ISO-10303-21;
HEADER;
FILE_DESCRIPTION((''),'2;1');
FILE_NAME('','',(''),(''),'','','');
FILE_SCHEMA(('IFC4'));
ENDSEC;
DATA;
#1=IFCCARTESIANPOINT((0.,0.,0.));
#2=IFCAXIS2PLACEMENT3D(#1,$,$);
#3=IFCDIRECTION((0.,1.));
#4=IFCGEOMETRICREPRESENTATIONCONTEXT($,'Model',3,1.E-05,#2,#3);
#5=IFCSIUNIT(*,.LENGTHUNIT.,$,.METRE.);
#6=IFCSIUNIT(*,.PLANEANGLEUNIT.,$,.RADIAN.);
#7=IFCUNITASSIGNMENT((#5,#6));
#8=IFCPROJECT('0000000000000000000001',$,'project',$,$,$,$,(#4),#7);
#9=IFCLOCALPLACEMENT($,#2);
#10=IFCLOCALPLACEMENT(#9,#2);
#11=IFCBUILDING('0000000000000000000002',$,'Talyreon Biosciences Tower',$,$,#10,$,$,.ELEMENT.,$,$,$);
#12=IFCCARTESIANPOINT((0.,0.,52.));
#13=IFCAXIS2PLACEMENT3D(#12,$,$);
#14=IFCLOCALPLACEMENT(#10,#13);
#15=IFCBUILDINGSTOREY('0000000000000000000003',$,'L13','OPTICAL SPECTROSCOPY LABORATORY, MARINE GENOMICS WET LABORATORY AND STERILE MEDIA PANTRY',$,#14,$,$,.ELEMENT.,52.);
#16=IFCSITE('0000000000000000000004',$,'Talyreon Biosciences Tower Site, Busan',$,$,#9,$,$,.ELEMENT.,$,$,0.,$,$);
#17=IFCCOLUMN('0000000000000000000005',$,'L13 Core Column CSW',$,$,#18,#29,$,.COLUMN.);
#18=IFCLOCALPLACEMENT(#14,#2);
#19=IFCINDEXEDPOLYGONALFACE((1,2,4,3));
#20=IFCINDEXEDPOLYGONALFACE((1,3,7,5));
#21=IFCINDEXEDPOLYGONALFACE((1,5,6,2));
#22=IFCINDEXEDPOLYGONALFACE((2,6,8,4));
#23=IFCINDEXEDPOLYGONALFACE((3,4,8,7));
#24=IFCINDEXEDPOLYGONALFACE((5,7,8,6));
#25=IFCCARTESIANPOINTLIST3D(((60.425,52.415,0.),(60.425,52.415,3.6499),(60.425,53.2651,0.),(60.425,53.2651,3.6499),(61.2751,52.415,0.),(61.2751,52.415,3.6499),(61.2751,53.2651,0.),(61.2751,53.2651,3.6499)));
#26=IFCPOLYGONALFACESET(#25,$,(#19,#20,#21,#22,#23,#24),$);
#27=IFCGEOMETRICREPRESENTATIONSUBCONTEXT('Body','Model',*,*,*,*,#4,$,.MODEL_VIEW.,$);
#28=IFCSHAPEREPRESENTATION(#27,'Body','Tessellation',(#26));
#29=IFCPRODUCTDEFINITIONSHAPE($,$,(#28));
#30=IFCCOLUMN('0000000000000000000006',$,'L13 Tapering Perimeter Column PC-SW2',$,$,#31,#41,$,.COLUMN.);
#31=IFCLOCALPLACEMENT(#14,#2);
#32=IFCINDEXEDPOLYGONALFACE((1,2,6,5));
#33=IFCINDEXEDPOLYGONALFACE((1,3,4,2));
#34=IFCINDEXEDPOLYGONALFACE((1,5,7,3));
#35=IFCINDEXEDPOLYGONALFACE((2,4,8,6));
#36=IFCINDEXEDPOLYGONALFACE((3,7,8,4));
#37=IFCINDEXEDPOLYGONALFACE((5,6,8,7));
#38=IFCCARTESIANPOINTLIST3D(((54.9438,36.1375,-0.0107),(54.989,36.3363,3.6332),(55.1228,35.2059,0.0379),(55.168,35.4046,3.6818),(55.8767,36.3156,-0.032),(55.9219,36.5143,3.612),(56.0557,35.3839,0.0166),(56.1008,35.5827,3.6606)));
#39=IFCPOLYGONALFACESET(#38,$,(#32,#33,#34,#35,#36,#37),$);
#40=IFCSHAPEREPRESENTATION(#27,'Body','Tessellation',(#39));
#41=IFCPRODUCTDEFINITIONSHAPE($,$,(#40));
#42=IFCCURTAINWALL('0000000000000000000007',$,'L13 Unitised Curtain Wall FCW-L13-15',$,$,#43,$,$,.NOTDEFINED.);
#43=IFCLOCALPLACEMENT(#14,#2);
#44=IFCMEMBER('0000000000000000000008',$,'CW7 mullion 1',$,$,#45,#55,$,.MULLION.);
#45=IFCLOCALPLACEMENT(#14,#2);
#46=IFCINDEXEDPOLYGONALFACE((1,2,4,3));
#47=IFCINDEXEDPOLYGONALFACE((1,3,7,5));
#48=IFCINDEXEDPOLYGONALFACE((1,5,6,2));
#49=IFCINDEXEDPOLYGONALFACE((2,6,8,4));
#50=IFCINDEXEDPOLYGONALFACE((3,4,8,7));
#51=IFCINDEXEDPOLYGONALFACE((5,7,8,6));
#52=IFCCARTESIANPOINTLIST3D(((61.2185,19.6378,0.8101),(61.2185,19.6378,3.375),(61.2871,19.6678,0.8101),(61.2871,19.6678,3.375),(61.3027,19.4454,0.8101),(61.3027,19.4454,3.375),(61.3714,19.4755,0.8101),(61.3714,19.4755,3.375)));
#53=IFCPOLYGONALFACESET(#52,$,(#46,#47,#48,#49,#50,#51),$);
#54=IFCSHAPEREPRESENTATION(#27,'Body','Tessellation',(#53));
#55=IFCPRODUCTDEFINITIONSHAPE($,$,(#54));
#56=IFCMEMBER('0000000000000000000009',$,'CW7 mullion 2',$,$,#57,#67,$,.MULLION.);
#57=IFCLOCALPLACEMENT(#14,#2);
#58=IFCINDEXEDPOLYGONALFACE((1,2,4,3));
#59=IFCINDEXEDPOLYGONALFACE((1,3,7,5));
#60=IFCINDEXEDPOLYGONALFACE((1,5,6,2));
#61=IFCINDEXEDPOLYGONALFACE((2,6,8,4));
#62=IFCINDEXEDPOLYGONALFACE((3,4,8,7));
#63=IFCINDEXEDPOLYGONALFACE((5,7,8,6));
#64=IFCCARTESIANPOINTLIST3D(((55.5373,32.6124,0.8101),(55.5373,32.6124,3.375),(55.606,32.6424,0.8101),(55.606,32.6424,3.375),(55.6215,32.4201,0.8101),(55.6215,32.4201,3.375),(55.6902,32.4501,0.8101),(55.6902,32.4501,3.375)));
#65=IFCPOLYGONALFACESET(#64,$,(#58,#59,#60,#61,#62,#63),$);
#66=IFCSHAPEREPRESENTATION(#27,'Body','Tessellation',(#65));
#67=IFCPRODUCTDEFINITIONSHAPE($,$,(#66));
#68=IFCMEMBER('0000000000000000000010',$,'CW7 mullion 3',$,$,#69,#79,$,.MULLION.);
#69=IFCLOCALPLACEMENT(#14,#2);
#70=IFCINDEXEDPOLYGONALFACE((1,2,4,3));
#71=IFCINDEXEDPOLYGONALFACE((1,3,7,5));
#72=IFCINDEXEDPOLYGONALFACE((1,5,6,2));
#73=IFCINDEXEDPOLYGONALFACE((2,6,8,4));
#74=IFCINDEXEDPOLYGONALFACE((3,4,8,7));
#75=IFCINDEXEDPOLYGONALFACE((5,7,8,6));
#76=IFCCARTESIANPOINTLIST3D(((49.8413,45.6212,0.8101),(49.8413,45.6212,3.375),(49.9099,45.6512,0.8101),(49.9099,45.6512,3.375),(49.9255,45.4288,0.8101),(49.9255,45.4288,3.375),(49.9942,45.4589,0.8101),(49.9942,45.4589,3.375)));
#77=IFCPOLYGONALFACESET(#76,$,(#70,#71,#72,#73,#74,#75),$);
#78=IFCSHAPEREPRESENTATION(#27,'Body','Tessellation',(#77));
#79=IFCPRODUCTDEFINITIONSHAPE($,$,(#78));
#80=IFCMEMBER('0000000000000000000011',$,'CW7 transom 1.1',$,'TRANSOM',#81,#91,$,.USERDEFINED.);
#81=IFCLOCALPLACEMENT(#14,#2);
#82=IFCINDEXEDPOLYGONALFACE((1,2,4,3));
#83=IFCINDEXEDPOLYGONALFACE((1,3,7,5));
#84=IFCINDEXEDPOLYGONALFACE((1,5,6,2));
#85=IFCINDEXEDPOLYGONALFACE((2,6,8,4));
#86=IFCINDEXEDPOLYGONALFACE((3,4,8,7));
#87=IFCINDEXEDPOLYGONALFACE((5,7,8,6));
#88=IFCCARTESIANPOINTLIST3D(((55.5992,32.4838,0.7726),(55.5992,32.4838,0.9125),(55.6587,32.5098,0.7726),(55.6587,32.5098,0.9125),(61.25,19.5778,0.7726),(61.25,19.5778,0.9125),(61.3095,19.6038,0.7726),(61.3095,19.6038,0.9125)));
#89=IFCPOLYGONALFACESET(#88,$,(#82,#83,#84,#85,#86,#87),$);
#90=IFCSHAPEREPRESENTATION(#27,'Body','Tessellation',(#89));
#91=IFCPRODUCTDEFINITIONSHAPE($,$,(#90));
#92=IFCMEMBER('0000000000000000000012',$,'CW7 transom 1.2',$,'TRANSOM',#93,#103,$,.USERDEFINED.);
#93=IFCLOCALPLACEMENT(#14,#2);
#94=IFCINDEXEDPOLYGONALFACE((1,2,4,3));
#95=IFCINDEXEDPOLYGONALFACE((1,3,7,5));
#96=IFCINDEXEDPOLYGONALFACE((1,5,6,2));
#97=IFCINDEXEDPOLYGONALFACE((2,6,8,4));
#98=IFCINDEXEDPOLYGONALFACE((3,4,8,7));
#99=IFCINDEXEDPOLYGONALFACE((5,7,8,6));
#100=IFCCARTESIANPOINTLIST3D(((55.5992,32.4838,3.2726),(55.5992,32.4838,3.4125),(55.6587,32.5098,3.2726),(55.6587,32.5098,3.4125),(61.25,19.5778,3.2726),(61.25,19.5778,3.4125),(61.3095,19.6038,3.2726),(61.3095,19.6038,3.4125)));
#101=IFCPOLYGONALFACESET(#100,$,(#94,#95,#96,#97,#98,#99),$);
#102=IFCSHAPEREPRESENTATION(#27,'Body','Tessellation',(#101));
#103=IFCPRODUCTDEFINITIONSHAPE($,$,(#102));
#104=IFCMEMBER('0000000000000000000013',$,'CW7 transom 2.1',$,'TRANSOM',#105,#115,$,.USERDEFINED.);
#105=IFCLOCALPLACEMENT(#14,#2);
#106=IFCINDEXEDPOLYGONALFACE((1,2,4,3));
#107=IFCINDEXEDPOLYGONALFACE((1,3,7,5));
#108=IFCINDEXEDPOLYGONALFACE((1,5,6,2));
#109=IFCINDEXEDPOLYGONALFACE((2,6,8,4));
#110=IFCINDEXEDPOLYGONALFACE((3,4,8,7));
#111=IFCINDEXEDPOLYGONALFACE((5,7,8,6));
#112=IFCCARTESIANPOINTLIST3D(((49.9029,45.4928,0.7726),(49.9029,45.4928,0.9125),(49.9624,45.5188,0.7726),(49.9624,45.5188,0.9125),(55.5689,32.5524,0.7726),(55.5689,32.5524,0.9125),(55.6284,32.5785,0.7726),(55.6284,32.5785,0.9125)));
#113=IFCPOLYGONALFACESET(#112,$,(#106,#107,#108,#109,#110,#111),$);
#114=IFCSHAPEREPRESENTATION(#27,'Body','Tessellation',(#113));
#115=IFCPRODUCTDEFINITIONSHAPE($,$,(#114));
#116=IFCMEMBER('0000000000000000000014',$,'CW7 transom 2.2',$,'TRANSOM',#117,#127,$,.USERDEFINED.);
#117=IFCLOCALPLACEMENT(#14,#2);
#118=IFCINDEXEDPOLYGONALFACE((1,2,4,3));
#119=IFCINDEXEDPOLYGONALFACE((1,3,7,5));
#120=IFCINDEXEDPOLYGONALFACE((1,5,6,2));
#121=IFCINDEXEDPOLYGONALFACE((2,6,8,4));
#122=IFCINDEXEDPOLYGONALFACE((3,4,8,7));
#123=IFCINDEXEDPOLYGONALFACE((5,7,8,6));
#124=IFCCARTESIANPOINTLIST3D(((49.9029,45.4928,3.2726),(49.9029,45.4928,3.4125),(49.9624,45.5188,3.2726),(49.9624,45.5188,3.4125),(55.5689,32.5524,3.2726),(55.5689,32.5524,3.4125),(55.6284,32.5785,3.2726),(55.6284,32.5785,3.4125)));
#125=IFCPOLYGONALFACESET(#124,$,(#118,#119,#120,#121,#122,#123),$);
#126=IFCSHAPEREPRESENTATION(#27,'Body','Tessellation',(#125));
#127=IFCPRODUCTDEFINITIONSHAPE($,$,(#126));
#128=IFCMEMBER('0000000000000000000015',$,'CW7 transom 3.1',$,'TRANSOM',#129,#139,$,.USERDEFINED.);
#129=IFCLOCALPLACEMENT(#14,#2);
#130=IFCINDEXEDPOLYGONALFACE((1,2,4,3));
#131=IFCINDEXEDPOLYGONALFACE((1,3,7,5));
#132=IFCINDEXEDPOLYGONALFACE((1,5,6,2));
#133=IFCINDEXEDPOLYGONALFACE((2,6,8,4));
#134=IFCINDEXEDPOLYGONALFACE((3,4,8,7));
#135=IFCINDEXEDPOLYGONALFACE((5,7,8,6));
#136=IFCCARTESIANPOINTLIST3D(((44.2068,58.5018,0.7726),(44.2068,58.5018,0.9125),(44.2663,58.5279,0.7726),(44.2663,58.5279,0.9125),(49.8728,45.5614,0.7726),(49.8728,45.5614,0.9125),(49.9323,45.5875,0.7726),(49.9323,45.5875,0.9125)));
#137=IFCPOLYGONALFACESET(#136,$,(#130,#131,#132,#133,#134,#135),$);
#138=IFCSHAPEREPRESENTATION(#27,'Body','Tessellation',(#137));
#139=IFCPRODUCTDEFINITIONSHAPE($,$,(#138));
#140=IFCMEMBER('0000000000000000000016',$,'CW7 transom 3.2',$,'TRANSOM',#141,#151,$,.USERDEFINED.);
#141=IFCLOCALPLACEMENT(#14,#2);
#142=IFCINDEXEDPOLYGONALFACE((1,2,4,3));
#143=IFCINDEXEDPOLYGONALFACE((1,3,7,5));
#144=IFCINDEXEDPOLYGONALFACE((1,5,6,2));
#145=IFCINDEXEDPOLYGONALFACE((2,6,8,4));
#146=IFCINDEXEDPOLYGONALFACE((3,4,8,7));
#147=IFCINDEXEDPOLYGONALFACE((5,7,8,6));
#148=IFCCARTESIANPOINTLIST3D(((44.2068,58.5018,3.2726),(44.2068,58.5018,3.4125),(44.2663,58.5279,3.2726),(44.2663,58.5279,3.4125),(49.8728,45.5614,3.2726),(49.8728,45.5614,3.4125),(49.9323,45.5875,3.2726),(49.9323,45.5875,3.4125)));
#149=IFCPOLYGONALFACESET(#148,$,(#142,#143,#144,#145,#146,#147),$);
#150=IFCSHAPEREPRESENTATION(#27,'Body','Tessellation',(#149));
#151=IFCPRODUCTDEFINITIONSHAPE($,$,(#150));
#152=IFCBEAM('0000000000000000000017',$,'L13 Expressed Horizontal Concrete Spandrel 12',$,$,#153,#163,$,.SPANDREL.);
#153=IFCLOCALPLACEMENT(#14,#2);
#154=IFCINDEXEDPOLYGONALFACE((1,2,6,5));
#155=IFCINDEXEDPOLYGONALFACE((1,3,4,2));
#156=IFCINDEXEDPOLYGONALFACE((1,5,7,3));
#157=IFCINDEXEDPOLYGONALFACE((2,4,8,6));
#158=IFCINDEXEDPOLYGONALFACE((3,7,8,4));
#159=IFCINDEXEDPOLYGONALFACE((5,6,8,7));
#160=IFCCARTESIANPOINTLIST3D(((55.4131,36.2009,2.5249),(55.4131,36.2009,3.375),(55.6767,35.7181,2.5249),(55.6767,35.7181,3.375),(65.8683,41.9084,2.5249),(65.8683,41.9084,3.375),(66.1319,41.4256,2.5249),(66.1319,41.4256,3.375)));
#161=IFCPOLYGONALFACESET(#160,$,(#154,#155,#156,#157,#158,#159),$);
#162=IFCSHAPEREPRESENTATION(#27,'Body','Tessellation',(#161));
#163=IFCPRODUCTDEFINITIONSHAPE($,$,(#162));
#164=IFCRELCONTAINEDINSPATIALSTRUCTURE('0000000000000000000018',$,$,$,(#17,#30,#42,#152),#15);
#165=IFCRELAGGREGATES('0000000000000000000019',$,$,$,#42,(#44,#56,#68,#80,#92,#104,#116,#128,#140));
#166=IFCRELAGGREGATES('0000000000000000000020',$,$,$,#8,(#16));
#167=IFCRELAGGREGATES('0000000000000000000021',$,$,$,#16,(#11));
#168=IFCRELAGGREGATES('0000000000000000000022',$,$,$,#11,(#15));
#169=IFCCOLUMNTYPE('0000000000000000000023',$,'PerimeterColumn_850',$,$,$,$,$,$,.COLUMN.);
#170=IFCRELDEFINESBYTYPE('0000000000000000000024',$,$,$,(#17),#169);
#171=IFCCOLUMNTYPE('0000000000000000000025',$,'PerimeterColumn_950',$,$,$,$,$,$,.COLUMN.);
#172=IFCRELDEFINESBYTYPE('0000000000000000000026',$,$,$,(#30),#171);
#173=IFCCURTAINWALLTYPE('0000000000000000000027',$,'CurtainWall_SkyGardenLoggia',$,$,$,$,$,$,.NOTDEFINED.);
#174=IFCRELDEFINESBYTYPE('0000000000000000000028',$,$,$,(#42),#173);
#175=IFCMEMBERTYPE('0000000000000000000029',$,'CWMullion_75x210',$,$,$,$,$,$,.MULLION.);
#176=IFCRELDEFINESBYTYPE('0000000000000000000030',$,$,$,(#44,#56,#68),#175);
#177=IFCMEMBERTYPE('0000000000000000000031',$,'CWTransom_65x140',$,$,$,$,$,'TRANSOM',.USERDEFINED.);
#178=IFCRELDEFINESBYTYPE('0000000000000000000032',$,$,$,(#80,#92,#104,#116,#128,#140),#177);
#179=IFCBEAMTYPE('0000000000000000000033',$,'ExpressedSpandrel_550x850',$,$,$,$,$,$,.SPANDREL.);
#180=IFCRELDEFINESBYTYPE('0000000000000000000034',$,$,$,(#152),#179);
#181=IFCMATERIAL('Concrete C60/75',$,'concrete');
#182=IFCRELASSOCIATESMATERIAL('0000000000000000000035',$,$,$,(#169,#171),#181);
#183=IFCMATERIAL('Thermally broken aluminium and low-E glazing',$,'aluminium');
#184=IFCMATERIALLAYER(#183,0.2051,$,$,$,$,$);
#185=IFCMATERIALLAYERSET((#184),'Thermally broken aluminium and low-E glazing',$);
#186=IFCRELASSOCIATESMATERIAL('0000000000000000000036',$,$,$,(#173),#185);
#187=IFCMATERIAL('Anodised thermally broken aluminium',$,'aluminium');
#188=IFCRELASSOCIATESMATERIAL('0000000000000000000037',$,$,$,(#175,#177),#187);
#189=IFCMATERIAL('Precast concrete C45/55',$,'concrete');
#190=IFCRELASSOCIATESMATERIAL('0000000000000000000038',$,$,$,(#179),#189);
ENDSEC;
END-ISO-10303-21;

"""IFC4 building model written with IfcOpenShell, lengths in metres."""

from ifc_helpers import new_model, si_unit, direction, frame, origin, origin_2d, place, context, subcontext, project, spatial, rectangle, extrude, material, layer, layer_set, material_profile, profile_set, type_object, element, aggregate, save


model = new_model("IFC4")

# Units and contexts
model_context = context("Model", 3, precision=1e-05, world=origin(), true_north=direction((0.0, 1.0)))
body_context = subcontext(model_context, "Body", "Model", "MODEL_VIEW")
ifc_project = project(units=[si_unit("LENGTHUNIT", "METRE"), si_unit("PLANEANGLEUNIT", "RADIAN")], contexts=[model_context])

# Site, building, storey
site_placement = place(None, origin())
site = spatial("IfcSite", under=ifc_project, at=site_placement, Name="Talyreon Biosciences Tower Site, Busan", CompositionType="ELEMENT", RefElevation=0.0)
building_placement = place(site_placement, origin())
building = spatial("IfcBuilding", under=site, at=building_placement, Name="Talyreon Biosciences Tower", CompositionType="ELEMENT")
storey_placement = place(building_placement, frame((0.0, 0.0, 52.0)))
storey = spatial("IfcBuildingStorey", under=building, at=storey_placement, Name="L13", Description="OPTICAL SPECTROSCOPY LABORATORY, MARINE GENOMICS WET LABORATORY AND STERILE MEDIA PANTRY", CompositionType="ELEMENT", Elevation=52.0)

# Columns
ifc_material_1 = material(Name="Concrete C60/75", Category="concrete")
ifc_material_profile_1 = material_profile(ifc_material_1, rectangle(XDim=0.8501, YDim=0.8501, at=origin_2d()), Name="RC 850x850")
ifc_profile_set_1 = profile_set([ifc_material_profile_1], Name="Concrete C60/75")
column_type_1 = type_object("IfcColumnType", Name="PerimeterColumn_850", PredefinedType="COLUMN", material=ifc_profile_set_1)
column_1_placement = place(storey_placement, frame((60.8501, 52.8401, 0.0), z_axis=(0.0, 0.0, 1.0), x_axis=(1.0, 0.0, 0.0)))
element("IfcColumn", 1, at=column_1_placement, inside=storey, type_object=column_type_1, Name="L13 Core Column CSW", PredefinedType="COLUMN", context=body_context, shape_type="SweptSolid", body=[
    extrude(rectangle(XDim=0.8501, YDim=0.8501, at=origin_2d()), origin(), (0.0, 0.0, 1.0), 3.6499),
])
ifc_material_profile_2 = material_profile(ifc_material_1, rectangle(XDim=0.95, YDim=0.95, at=origin_2d()), Name="RC 950x950")
ifc_profile_set_2 = profile_set([ifc_material_profile_2], Name="Concrete C60/75")
column_type_2 = type_object("IfcColumnType", Name="PerimeterColumn_950", PredefinedType="COLUMN", material=ifc_profile_set_2)
column_2_placement = place(storey_placement, frame((55.4998, 35.7607, 0.0029), z_axis=(0.012375, 0.054451, 0.99844), x_axis=(-0.188379, 0.980763, -0.051152)))
element("IfcColumn", 2, at=column_2_placement, inside=storey, type_object=column_type_2, Name="L13 Tapering Perimeter Column PC-SW2", PredefinedType="COLUMN", context=body_context, shape_type="SweptSolid", body=[
    extrude(rectangle(XDim=0.95, YDim=0.95, at=origin_2d()), origin(), (0.0, 0.0, 1.0), 3.6497),
])

# Curtain wall, members
ifc_material_2 = material(Name="Thermally broken aluminium and low-E glazing", Category="aluminium")
ifc_layer_1 = layer(ifc_material_2, 0.2051)
ifc_layer_set_1 = layer_set([ifc_layer_1], Name="Thermally broken aluminium and low-E glazing")
curtain_wall_type = type_object("IfcCurtainWallType", Name="CurtainWall_SkyGardenLoggia", PredefinedType="NOTDEFINED", material=ifc_layer_set_1)
curtain_wall_placement = place(storey_placement, origin())
curtain_wall = element("IfcCurtainWall", 3, at=curtain_wall_placement, inside=storey, type_object=curtain_wall_type, Name="L13 Unitised Curtain Wall FCW-L13-15", PredefinedType="NOTDEFINED")
ifc_material_3 = material(Name="Anodised thermally broken aluminium", Category="aluminium")
ifc_material_profile_3 = material_profile(ifc_material_3, rectangle(XDim=0.075, YDim=0.21, at=origin_2d()), Name="ALUM MULLION 75x210")
ifc_profile_set_3 = profile_set([ifc_material_profile_3], Name="Anodised thermally broken aluminium")
member_type_1 = type_object("IfcMemberType", Name="CWMullion_75x210", PredefinedType="MULLION", material=ifc_profile_set_3)
member_1_placement = place(storey_placement, frame((61.2949, 19.5566, 0.8101), z_axis=(0.0, 0.0, 1.0), x_axis=(-0.916035, -0.401097, 0.0)))
member_1 = element("IfcMember", 4, at=member_1_placement, type_object=member_type_1, Name="CW7 mullion 1", PredefinedType="MULLION", context=body_context, shape_type="SweptSolid", body=[
    extrude(rectangle(XDim=0.075, YDim=0.21, at=origin_2d()), origin(), (0.0, 0.0, 1.0), 2.5649),
])
member_2_placement = place(storey_placement, frame((55.6138, 32.5312, 0.8101), z_axis=(0.0, 0.0, 1.0), x_axis=(-0.916035, -0.401097, 0.0)))
member_2 = element("IfcMember", 5, at=member_2_placement, type_object=member_type_1, Name="CW7 mullion 2", PredefinedType="MULLION", context=body_context, shape_type="SweptSolid", body=[
    extrude(rectangle(XDim=0.075, YDim=0.21, at=origin_2d()), origin(), (0.0, 0.0, 1.0), 2.5649),
])
member_3_placement = place(storey_placement, frame((49.9177, 45.54, 0.8101), z_axis=(0.0, 0.0, 1.0), x_axis=(-0.916035, -0.401097, 0.0)))
member_3 = element("IfcMember", 6, at=member_3_placement, type_object=member_type_1, Name="CW7 mullion 3", PredefinedType="MULLION", context=body_context, shape_type="SweptSolid", body=[
    extrude(rectangle(XDim=0.075, YDim=0.21, at=origin_2d()), origin(), (0.0, 0.0, 1.0), 2.5649),
])
ifc_material_profile_4 = material_profile(ifc_material_3, rectangle(XDim=0.0649, YDim=0.1399, at=origin_2d()), Name="ALUM TRANSOM 65x140")
ifc_profile_set_4 = profile_set([ifc_material_profile_4], Name="Anodised thermally broken aluminium")
member_type_2 = type_object("IfcMemberType", Name="CWTransom_65x140", ElementType="TRANSOM", PredefinedType="USERDEFINED", material=ifc_profile_set_4)
member_4_placement = place(storey_placement, frame((61.2798, 19.5908, 0.8425), z_axis=(-0.401087, 0.91604, 0.0), x_axis=(-0.91604, -0.401087, 0.0)))
member_4 = element("IfcMember", 7, at=member_4_placement, type_object=member_type_2, Name="CW7 transom 1.1", ObjectType="TRANSOM", PredefinedType="USERDEFINED", context=body_context, shape_type="SweptSolid", body=[
    extrude(rectangle(XDim=0.0649, YDim=0.1399, at=origin_2d()), origin(), (0.0, 0.0, 1.0), 14.0889),
])
member_5_placement = place(storey_placement, frame((61.2798, 19.5908, 3.3425), z_axis=(-0.401087, 0.91604, 0.0), x_axis=(-0.91604, -0.401087, 0.0)))
member_5 = element("IfcMember", 8, at=member_5_placement, type_object=member_type_2, Name="CW7 transom 1.2", ObjectType="TRANSOM", PredefinedType="USERDEFINED", context=body_context, shape_type="SweptSolid", body=[
    extrude(rectangle(XDim=0.0649, YDim=0.1399, at=origin_2d()), origin(), (0.0, 0.0, 1.0), 14.0889),
])
member_6_placement = place(storey_placement, frame((55.5986, 32.5654, 0.8425), z_axis=(-0.401091, 0.916038, 0.0), x_axis=(-0.916038, -0.401091, 0.0)))
member_6 = element("IfcMember", 9, at=member_6_placement, type_object=member_type_2, Name="CW7 transom 2.1", ObjectType="TRANSOM", PredefinedType="USERDEFINED", context=body_context, shape_type="SweptSolid", body=[
    extrude(rectangle(XDim=0.0649, YDim=0.1399, at=origin_2d()), origin(), (0.0, 0.0, 1.0), 14.1265),
])
member_7_placement = place(storey_placement, frame((55.5986, 32.5654, 3.3425), z_axis=(-0.401091, 0.916038, 0.0), x_axis=(-0.916038, -0.401091, 0.0)))
member_7 = element("IfcMember", 10, at=member_7_placement, type_object=member_type_2, Name="CW7 transom 2.2", ObjectType="TRANSOM", PredefinedType="USERDEFINED", context=body_context, shape_type="SweptSolid", body=[
    extrude(rectangle(XDim=0.0649, YDim=0.1399, at=origin_2d()), origin(), (0.0, 0.0, 1.0), 14.1265),
])
member_8_placement = place(storey_placement, frame((49.9026, 45.5745, 0.8425), z_axis=(-0.401091, 0.916038, 0.0), x_axis=(-0.916038, -0.401091, 0.0)))
member_8 = element("IfcMember", 11, at=member_8_placement, type_object=member_type_2, Name="CW7 transom 3.1", ObjectType="TRANSOM", PredefinedType="USERDEFINED", context=body_context, shape_type="SweptSolid", body=[
    extrude(rectangle(XDim=0.0649, YDim=0.1399, at=origin_2d()), origin(), (0.0, 0.0, 1.0), 14.1265),
])
member_9_placement = place(storey_placement, frame((49.9026, 45.5745, 3.3425), z_axis=(-0.401091, 0.916038, 0.0), x_axis=(-0.916038, -0.401091, 0.0)))
member_9 = element("IfcMember", 12, at=member_9_placement, type_object=member_type_2, Name="CW7 transom 3.2", ObjectType="TRANSOM", PredefinedType="USERDEFINED", context=body_context, shape_type="SweptSolid", body=[
    extrude(rectangle(XDim=0.0649, YDim=0.1399, at=origin_2d()), origin(), (0.0, 0.0, 1.0), 14.1265),
])

# Beam
ifc_material_4 = material(Name="Precast concrete C45/55", Category="concrete")
ifc_material_profile_5 = material_profile(ifc_material_4, rectangle(XDim=0.55, YDim=0.8501, at=origin_2d()), Name="RCB 550x850")
ifc_profile_set_5 = profile_set([ifc_material_profile_5], Name="Precast concrete C45/55")
beam_type_1 = type_object("IfcBeamType", Name="ExpressedSpandrel_550x850", PredefinedType="SPANDREL", material=ifc_profile_set_5)
beam_1_placement = place(storey_placement, frame((55.5449, 35.9595, 2.95), z_axis=(0.877728, 0.479159, 0.0), x_axis=(-0.479159, 0.877728, 0.0)))
element("IfcBeam", 13, at=beam_1_placement, inside=storey, type_object=beam_type_1, Name="L13 Expressed Horizontal Concrete Spandrel 12", PredefinedType="SPANDREL", context=body_context, shape_type="SweptSolid", body=[
    extrude(rectangle(XDim=0.55, YDim=0.8501, at=origin_2d()), origin(), (0.0, 0.0, 1.0), 11.9116),
])

aggregate(curtain_wall, [member_1, member_2, member_3, member_4, member_5, member_6, member_7, member_8, member_9])

save(model, "model.ifc")
